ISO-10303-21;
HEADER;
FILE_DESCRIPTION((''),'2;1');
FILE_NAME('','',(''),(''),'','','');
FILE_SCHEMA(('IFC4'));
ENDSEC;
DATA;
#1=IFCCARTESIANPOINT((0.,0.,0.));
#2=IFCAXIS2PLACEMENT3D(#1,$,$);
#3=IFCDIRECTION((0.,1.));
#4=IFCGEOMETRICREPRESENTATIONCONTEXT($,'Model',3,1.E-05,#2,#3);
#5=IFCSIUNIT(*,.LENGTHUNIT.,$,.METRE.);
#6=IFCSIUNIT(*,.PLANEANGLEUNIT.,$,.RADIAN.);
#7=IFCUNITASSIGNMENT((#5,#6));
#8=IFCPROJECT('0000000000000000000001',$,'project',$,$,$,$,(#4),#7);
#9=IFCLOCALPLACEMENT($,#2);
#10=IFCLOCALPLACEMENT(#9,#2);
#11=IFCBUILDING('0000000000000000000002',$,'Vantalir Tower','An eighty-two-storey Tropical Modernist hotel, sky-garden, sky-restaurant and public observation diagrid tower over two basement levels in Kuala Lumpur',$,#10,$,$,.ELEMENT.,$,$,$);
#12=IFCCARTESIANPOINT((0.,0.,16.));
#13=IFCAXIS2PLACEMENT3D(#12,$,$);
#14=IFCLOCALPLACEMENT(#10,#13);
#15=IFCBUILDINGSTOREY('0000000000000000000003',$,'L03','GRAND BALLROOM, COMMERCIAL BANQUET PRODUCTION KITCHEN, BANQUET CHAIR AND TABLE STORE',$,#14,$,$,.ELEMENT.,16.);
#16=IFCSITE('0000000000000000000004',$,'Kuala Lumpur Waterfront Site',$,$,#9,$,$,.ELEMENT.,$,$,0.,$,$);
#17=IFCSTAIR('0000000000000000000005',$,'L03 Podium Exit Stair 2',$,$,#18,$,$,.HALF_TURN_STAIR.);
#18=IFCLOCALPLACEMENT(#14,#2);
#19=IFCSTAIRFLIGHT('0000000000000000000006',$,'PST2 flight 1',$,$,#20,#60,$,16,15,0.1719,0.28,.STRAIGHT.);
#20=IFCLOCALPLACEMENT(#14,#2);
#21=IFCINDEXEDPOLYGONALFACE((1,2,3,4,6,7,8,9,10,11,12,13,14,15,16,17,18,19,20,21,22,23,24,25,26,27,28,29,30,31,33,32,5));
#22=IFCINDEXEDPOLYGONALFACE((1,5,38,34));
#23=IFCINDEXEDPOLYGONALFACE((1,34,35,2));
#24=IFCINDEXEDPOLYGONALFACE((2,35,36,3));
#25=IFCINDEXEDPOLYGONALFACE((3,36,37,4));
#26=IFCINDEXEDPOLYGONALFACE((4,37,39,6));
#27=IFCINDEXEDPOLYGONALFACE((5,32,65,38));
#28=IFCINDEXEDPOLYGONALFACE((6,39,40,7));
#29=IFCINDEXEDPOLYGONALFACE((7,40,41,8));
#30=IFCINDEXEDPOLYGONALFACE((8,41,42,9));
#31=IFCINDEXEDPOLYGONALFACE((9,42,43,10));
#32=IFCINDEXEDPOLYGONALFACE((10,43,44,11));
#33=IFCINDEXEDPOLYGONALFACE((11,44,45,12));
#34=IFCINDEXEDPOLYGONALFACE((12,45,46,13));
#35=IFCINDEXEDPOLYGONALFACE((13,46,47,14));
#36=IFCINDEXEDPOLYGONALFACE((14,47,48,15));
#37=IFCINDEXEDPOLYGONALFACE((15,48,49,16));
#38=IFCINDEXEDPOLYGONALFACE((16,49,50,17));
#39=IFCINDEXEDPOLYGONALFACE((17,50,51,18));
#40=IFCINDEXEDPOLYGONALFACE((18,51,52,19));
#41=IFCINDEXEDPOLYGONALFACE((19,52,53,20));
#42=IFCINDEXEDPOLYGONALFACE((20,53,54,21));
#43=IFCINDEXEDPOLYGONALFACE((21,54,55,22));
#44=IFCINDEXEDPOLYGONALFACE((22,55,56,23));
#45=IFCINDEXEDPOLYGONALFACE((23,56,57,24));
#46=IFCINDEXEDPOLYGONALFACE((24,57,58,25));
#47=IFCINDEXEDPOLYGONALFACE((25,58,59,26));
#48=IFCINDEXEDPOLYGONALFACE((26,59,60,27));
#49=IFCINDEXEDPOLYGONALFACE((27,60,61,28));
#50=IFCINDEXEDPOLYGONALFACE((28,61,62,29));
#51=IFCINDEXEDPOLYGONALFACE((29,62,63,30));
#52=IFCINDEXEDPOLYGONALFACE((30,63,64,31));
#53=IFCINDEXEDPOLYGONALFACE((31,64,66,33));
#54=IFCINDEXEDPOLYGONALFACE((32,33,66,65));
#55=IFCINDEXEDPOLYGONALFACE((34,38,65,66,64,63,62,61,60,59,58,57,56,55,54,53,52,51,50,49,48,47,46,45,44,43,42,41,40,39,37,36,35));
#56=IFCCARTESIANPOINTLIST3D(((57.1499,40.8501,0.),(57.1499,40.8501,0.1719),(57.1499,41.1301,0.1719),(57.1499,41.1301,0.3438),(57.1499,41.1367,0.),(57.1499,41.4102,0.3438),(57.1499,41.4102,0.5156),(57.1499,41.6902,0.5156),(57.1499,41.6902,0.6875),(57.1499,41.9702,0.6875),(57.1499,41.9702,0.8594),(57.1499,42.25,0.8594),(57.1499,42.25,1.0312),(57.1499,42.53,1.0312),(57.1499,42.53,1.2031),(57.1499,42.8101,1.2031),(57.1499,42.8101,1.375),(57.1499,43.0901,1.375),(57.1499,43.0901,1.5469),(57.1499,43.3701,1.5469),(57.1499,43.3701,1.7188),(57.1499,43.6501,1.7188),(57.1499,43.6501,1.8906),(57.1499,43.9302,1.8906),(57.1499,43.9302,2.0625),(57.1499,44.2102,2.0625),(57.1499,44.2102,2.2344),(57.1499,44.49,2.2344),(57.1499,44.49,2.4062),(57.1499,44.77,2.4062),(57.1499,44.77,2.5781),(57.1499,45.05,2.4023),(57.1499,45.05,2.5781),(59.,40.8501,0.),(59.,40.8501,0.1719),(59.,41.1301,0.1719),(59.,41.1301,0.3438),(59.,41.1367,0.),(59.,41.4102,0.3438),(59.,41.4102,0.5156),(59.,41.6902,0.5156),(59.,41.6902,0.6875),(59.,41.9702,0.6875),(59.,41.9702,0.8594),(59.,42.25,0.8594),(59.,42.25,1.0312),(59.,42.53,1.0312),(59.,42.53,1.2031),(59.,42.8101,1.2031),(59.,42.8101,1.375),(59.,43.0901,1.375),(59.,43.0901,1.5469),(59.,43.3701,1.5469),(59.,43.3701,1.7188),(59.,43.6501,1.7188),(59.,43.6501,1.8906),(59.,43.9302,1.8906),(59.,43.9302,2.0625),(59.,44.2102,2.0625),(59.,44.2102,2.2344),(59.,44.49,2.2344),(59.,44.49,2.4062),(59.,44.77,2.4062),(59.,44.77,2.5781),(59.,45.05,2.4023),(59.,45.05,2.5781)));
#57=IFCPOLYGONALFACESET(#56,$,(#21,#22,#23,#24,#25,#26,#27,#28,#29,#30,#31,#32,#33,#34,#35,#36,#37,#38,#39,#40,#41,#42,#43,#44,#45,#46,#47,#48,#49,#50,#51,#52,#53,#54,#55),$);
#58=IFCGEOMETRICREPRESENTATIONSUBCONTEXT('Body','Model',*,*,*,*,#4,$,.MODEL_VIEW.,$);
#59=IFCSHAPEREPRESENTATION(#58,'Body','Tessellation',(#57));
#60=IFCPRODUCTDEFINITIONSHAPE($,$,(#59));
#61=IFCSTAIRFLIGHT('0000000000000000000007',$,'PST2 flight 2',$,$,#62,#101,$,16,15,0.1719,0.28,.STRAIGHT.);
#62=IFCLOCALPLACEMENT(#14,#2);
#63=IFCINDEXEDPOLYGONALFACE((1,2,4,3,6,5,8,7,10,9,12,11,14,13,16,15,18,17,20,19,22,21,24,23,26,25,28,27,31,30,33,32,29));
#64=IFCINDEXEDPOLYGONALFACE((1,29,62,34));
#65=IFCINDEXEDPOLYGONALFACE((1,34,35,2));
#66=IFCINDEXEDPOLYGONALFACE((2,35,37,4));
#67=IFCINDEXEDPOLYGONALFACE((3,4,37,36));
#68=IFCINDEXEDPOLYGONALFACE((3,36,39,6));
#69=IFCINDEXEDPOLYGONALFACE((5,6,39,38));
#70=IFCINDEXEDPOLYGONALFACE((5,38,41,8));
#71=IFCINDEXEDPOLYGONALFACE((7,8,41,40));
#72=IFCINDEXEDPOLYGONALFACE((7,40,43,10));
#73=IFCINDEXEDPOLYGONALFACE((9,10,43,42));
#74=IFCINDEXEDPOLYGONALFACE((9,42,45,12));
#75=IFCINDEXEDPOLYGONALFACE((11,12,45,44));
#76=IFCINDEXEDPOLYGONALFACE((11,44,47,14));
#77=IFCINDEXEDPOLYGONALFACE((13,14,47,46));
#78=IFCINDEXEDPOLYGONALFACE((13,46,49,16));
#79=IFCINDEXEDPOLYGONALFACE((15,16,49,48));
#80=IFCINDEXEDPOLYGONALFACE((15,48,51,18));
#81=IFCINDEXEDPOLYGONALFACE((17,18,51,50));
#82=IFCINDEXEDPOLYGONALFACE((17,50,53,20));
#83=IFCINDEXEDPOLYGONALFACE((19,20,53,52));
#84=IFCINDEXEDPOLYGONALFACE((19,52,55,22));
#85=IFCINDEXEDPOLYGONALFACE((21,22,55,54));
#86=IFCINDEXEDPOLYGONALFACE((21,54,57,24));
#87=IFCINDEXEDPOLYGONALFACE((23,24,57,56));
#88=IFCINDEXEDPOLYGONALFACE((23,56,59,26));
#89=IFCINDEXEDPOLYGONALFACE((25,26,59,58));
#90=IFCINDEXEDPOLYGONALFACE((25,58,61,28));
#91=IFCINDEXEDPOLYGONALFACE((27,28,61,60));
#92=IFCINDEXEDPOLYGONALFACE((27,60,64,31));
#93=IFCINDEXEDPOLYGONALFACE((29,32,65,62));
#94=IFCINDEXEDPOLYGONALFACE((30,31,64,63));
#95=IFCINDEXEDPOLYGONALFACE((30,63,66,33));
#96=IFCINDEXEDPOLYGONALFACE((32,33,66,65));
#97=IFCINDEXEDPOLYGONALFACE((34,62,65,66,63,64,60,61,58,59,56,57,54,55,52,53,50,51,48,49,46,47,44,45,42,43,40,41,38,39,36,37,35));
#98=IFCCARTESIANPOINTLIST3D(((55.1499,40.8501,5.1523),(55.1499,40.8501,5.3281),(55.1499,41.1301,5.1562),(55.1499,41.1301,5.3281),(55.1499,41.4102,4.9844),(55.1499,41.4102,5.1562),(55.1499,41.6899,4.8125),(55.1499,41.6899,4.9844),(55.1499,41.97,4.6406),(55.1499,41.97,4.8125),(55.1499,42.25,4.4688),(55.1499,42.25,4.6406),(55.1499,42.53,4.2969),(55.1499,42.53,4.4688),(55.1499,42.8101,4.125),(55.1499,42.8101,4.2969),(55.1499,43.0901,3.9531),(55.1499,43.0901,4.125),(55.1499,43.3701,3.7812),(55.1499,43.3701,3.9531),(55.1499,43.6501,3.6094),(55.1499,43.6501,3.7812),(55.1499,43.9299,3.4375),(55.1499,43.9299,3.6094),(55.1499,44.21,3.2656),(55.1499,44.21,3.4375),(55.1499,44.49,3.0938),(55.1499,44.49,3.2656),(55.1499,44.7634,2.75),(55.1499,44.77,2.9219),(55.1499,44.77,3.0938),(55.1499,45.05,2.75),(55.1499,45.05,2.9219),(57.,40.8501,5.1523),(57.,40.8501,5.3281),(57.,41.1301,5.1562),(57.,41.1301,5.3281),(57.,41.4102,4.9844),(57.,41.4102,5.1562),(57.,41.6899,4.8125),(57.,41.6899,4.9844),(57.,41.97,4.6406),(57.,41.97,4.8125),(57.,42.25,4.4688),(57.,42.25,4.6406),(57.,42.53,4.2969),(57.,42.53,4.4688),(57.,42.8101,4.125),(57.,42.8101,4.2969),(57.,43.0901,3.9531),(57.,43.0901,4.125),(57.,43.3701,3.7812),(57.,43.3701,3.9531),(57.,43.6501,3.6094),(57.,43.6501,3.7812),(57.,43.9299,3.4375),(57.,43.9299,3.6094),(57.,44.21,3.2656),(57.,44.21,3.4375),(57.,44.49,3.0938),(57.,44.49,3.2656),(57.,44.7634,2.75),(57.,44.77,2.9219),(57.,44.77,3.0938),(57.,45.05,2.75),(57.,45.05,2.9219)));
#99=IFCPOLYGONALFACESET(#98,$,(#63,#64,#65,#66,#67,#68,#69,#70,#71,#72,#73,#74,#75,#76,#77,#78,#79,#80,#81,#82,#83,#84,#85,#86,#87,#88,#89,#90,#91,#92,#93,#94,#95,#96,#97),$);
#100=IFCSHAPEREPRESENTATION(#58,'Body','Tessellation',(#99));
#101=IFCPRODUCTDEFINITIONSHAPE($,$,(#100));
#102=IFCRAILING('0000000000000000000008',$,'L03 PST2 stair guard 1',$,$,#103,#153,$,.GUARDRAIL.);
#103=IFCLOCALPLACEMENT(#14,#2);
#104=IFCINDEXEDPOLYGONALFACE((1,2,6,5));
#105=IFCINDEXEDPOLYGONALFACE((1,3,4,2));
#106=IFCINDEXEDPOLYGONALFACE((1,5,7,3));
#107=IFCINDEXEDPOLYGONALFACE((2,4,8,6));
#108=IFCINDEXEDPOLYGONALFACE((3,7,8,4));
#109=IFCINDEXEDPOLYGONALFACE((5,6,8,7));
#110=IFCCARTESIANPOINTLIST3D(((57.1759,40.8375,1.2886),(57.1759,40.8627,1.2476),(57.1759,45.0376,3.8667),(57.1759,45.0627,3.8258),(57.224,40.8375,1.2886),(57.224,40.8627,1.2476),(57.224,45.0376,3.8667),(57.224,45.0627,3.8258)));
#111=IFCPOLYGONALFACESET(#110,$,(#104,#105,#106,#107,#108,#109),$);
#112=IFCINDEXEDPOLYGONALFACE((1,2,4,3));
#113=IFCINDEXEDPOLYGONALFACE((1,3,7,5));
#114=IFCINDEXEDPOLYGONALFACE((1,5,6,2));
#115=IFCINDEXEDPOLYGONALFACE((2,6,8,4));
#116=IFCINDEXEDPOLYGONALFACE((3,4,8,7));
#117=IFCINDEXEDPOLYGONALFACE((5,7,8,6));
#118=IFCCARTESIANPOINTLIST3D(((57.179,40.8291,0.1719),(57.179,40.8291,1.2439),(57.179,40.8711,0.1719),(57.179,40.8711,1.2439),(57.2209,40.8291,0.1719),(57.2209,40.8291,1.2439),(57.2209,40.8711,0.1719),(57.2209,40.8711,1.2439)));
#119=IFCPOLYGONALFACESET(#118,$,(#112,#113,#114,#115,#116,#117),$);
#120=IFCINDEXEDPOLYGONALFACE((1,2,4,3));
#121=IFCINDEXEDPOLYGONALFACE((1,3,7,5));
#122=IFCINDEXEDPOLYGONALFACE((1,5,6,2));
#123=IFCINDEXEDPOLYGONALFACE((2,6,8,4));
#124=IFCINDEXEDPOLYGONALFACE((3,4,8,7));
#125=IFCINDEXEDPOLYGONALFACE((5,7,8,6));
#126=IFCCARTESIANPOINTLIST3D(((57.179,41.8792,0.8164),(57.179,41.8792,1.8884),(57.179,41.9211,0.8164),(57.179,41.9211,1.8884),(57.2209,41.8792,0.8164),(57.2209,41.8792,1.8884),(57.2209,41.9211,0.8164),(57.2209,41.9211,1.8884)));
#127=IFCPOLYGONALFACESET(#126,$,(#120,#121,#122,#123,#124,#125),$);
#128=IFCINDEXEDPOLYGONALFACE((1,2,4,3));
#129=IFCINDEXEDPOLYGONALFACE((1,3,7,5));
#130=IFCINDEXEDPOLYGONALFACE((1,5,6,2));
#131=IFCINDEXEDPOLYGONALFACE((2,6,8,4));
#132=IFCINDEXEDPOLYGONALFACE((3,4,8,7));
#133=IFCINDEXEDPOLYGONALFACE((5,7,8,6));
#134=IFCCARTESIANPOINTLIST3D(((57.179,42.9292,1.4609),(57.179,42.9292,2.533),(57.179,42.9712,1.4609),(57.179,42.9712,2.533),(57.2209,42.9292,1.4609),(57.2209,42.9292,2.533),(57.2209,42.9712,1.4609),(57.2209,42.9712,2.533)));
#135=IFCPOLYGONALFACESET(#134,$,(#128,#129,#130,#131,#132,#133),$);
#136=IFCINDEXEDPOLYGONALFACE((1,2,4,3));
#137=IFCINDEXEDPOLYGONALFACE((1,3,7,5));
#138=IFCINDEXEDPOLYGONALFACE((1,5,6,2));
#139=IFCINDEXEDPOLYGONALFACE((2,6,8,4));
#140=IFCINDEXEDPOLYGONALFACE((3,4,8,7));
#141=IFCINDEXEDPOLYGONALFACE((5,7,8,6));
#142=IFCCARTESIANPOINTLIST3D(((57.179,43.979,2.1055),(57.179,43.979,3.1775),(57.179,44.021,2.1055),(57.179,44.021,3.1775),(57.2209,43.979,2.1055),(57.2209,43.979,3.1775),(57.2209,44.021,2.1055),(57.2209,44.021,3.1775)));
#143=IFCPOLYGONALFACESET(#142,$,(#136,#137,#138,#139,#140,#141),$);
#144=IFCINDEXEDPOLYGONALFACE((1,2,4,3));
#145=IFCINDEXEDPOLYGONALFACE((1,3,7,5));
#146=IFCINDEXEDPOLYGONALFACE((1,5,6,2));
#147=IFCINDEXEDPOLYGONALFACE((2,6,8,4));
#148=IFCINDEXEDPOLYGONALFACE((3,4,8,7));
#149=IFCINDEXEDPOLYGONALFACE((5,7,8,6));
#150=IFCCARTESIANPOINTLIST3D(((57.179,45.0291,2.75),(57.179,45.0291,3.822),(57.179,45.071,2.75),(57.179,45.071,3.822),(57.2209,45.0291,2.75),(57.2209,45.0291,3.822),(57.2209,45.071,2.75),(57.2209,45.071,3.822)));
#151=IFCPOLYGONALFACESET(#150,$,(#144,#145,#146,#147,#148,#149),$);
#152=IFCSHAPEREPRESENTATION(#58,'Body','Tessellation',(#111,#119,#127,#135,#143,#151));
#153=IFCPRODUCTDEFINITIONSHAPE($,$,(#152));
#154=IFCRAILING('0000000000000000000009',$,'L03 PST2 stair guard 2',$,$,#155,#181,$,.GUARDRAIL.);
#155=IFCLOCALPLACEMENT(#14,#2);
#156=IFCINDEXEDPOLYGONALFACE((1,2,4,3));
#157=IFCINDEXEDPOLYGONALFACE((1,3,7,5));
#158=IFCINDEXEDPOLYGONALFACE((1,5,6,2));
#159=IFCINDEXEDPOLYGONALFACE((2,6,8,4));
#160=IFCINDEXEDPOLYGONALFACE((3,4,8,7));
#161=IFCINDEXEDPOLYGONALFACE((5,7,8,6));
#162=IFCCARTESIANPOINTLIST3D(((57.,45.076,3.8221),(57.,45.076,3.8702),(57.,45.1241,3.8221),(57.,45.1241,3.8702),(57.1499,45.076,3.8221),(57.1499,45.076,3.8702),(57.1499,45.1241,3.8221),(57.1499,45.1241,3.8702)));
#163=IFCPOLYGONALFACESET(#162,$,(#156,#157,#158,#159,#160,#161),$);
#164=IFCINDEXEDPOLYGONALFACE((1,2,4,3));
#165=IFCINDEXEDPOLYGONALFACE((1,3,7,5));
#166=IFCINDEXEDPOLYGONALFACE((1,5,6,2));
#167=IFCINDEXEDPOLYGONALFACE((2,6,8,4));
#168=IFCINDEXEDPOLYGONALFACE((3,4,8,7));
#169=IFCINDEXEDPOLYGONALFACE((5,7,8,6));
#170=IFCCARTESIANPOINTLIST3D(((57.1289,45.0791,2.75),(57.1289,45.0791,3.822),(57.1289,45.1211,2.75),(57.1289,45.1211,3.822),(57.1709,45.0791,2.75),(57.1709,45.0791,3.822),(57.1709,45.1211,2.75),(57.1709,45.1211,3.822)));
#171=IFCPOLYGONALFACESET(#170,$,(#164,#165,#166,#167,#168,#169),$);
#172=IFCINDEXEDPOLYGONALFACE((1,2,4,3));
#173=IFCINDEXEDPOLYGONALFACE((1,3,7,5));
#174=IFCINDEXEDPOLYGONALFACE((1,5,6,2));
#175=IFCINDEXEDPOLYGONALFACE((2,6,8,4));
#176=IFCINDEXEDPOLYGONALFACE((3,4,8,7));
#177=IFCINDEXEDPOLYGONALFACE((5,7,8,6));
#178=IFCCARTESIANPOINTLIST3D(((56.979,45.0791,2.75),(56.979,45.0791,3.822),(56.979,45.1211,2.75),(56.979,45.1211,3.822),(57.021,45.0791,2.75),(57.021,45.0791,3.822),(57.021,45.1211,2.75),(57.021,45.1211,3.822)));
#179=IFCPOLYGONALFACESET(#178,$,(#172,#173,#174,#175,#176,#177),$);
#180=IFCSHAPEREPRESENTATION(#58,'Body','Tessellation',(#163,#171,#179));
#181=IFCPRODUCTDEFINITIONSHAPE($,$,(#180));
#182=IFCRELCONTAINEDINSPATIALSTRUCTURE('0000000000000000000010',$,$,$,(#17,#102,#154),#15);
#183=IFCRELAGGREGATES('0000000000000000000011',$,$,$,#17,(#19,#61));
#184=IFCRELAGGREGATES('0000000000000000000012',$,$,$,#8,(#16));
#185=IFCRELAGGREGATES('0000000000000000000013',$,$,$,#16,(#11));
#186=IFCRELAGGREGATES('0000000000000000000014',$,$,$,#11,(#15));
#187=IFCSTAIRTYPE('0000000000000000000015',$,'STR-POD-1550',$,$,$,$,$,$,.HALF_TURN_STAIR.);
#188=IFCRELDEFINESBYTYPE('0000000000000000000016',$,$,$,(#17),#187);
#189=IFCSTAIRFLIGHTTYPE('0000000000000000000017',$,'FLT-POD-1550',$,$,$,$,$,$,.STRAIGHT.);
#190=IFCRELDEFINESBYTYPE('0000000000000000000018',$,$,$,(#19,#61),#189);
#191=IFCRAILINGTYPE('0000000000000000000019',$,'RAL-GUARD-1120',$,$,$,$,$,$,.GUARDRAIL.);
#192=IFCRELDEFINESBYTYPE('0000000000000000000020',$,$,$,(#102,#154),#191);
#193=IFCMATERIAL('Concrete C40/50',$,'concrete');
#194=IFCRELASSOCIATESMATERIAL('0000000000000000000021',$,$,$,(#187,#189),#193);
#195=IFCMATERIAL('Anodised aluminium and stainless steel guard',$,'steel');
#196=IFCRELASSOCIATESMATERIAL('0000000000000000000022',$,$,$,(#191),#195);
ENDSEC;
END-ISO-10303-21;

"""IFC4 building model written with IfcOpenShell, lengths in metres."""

from ifc_helpers import new_model, si_unit, direction, frame, origin, origin_2d, place, context, subcontext, project, spatial, polyline, rectangle, outline, extrude, material, type_object, element, aggregate, save


model = new_model("IFC4")

# Units and contexts
model_context = context("Model", 3, precision=1e-05, world=origin(), true_north=direction((0.0, 1.0)))
body_context = subcontext(model_context, "Body", "Model", "MODEL_VIEW")
ifc_project = project(units=[si_unit("LENGTHUNIT", "METRE"), si_unit("PLANEANGLEUNIT", "RADIAN")], contexts=[model_context])

# Site, building, storey
site_placement = place(None, origin())
site = spatial("IfcSite", under=ifc_project, at=site_placement, Name="Kuala Lumpur Waterfront Site", CompositionType="ELEMENT", RefElevation=0.0)
building_placement = place(site_placement, origin())
building = spatial("IfcBuilding", under=site, at=building_placement, Name="Vantalir Tower", Description="An eighty-two-storey Tropical Modernist hotel, sky-garden, sky-restaurant and public observation diagrid tower over two basement levels in Kuala Lumpur", CompositionType="ELEMENT")
storey_placement = place(building_placement, frame((0.0, 0.0, 16.0)))
storey = spatial("IfcBuildingStorey", under=building, at=storey_placement, Name="L03", Description="GRAND BALLROOM, COMMERCIAL BANQUET PRODUCTION KITCHEN, BANQUET CHAIR AND TABLE STORE", CompositionType="ELEMENT", Elevation=16.0)

# Stair, stair flights
ifc_material_1 = material(Name="Concrete C40/50", Category="concrete")
stair_type = type_object("IfcStairType", Name="STR-POD-1550", PredefinedType="HALF_TURN_STAIR", material=ifc_material_1)
stair_placement = place(storey_placement, origin())
stair = element("IfcStair", 1, at=stair_placement, inside=storey, type_object=stair_type, Name="L03 Podium Exit Stair 2", PredefinedType="HALF_TURN_STAIR")
stair_flight_type = type_object("IfcStairFlightType", Name="FLT-POD-1550", PredefinedType="STRAIGHT", material=ifc_material_1)
stair_flight_1_placement = place(storey_placement, frame((58.075, 40.8501, 0.0), z_axis=(0.0, 0.0, 1.0), x_axis=(0.0, 1.0, 0.0)))
stair_flight_1 = element("IfcStairFlight", 2, at=stair_flight_1_placement, type_object=stair_flight_type, Name="PST2 flight 1", NumberOfRisers=16, NumberOfTreads=15, PredefinedType="STRAIGHT", RiserHeight=0.1719, TreadLength=0.28, context=body_context, shape_type="SweptSolid", body=[
    extrude(outline(polyline([(0.0, 0.0), (0.0, 0.1719), (0.28, 0.1719), (0.28, 0.3438), (0.5601, 0.3438), (0.5601, 0.5156), (0.8401, 0.5156), (0.8401, 0.6875), (1.1201, 0.6875), (1.1201, 0.8594), (1.3999, 0.8594), (1.3999, 1.0312), (1.6799, 1.0312), (1.6799, 1.2031), (1.96, 1.2031), (1.96, 1.375), (2.24, 1.375), (2.24, 1.5469), (2.52, 1.5469), (2.52, 1.7188), (2.8, 1.7188), (2.8, 1.8906), (3.0801, 1.8906), (3.0801, 2.0625), (3.3601, 2.0625), (3.3601, 2.2344), (3.6399, 2.2344), (3.6399, 2.4062), (3.9199, 2.4062), (3.9199, 2.5781), (4.2, 2.5781), (4.2, 2.75), (4.2, 2.4023), (0.2866, 0.0), (0.0, 0.0)])), frame((0.0, 0.925, 0.0), z_axis=(0.0, -1.0, 0.0), x_axis=(1.0, 0.0, 0.0)), (0.0, 0.0, 1.0), 1.8501),
])
stair_flight_2_placement = place(storey_placement, frame((56.075, 45.05, 2.75), z_axis=(0.0, 0.0, 1.0), x_axis=(0.0, -1.0, 0.0)))
stair_flight_2 = element("IfcStairFlight", 3, at=stair_flight_2_placement, type_object=stair_flight_type, Name="PST2 flight 2", NumberOfRisers=16, NumberOfTreads=15, PredefinedType="STRAIGHT", RiserHeight=0.1719, TreadLength=0.28, context=body_context, shape_type="SweptSolid", body=[
    extrude(outline(polyline([(0.0, 0.0), (0.0, 0.1719), (0.28, 0.1719), (0.28, 0.3438), (0.5601, 0.3438), (0.5601, 0.5156), (0.8401, 0.5156), (0.8401, 0.6875), (1.1201, 0.6875), (1.1201, 0.8594), (1.3999, 0.8594), (1.3999, 1.0312), (1.6799, 1.0312), (1.6799, 1.2031), (1.96, 1.2031), (1.96, 1.375), (2.24, 1.375), (2.24, 1.5469), (2.52, 1.5469), (2.52, 1.7188), (2.8, 1.7188), (2.8, 1.8906), (3.0801, 1.8906), (3.0801, 2.0625), (3.3601, 2.0625), (3.3601, 2.2344), (3.6399, 2.2344), (3.6399, 2.4062), (3.9199, 2.4062), (3.9199, 2.5781), (4.2, 2.5781), (4.2, 2.75), (4.2, 2.4023), (0.2866, 0.0), (0.0, 0.0)])), frame((0.0, 0.925, 0.0), z_axis=(0.0, -1.0, 0.0), x_axis=(1.0, 0.0, 0.0)), (0.0, 0.0, 1.0), 1.8501),
])
aggregate(stair, [stair_flight_1, stair_flight_2])

# Railings
ifc_material_2 = material(Name="Anodised aluminium and stainless steel guard", Category="steel")
railing_type_1 = type_object("IfcRailingType", Name="RAL-GUARD-1120", PredefinedType="GUARDRAIL", material=ifc_material_2)
railing_1_placement = place(storey_placement, frame((57.2, 40.8501, 0.1719)))
element("IfcRailing", 4, at=railing_1_placement, inside=storey, type_object=railing_type_1, Name="L03 PST2 stair guard 1", PredefinedType="GUARDRAIL", context=body_context, shape_type="SweptSolid", body=[
    extrude(rectangle(XDim=0.0481, YDim=0.0481, at=origin_2d()), frame((0.0, 0.0, 1.0962), z_axis=(0.0, 0.852243, 0.523146), x_axis=(-1.0, 0.0, 0.0)), (0.0, 0.0, 1.0), 4.9282),
    extrude(rectangle(XDim=0.042, YDim=0.042, at=origin_2d()), origin(), (0.0, 0.0, 1.0), 1.072),
    extrude(rectangle(XDim=0.042, YDim=0.042, at=origin_2d()), frame((0.0, 1.05, 0.6445)), (0.0, 0.0, 1.0), 1.072),
    extrude(rectangle(XDim=0.042, YDim=0.042, at=origin_2d()), frame((0.0, 2.1001, 1.2891)), (0.0, 0.0, 1.0), 1.072),
    extrude(rectangle(XDim=0.042, YDim=0.042, at=origin_2d()), frame((0.0, 3.1499, 1.9336)), (0.0, 0.0, 1.0), 1.072),
    extrude(rectangle(XDim=0.042, YDim=0.042, at=origin_2d()), frame((0.0, 4.2, 2.5781)), (0.0, 0.0, 1.0), 1.072),
])
railing_2_placement = place(storey_placement, frame((57.1499, 45.1001, 2.75)))
element("IfcRailing", 5, at=railing_2_placement, inside=storey, type_object=railing_type_1, Name="L03 PST2 stair guard 2", PredefinedType="GUARDRAIL", context=body_context, shape_type="SweptSolid", body=[
    extrude(rectangle(XDim=0.0481, YDim=0.0481, at=origin_2d()), frame((0.0, 0.0, 1.0962), z_axis=(-1.0, 0.0, 0.0), x_axis=(0.0, -1.0, 0.0)), (0.0, 0.0, 1.0), 0.1499),
    extrude(rectangle(XDim=0.042, YDim=0.042, at=origin_2d()), origin(), (0.0, 0.0, 1.0), 1.072),
    extrude(rectangle(XDim=0.042, YDim=0.042, at=origin_2d()), frame((-0.1499, 0.0, 0.0)), (0.0, 0.0, 1.0), 1.072),
])

save(model, "model.ifc")
